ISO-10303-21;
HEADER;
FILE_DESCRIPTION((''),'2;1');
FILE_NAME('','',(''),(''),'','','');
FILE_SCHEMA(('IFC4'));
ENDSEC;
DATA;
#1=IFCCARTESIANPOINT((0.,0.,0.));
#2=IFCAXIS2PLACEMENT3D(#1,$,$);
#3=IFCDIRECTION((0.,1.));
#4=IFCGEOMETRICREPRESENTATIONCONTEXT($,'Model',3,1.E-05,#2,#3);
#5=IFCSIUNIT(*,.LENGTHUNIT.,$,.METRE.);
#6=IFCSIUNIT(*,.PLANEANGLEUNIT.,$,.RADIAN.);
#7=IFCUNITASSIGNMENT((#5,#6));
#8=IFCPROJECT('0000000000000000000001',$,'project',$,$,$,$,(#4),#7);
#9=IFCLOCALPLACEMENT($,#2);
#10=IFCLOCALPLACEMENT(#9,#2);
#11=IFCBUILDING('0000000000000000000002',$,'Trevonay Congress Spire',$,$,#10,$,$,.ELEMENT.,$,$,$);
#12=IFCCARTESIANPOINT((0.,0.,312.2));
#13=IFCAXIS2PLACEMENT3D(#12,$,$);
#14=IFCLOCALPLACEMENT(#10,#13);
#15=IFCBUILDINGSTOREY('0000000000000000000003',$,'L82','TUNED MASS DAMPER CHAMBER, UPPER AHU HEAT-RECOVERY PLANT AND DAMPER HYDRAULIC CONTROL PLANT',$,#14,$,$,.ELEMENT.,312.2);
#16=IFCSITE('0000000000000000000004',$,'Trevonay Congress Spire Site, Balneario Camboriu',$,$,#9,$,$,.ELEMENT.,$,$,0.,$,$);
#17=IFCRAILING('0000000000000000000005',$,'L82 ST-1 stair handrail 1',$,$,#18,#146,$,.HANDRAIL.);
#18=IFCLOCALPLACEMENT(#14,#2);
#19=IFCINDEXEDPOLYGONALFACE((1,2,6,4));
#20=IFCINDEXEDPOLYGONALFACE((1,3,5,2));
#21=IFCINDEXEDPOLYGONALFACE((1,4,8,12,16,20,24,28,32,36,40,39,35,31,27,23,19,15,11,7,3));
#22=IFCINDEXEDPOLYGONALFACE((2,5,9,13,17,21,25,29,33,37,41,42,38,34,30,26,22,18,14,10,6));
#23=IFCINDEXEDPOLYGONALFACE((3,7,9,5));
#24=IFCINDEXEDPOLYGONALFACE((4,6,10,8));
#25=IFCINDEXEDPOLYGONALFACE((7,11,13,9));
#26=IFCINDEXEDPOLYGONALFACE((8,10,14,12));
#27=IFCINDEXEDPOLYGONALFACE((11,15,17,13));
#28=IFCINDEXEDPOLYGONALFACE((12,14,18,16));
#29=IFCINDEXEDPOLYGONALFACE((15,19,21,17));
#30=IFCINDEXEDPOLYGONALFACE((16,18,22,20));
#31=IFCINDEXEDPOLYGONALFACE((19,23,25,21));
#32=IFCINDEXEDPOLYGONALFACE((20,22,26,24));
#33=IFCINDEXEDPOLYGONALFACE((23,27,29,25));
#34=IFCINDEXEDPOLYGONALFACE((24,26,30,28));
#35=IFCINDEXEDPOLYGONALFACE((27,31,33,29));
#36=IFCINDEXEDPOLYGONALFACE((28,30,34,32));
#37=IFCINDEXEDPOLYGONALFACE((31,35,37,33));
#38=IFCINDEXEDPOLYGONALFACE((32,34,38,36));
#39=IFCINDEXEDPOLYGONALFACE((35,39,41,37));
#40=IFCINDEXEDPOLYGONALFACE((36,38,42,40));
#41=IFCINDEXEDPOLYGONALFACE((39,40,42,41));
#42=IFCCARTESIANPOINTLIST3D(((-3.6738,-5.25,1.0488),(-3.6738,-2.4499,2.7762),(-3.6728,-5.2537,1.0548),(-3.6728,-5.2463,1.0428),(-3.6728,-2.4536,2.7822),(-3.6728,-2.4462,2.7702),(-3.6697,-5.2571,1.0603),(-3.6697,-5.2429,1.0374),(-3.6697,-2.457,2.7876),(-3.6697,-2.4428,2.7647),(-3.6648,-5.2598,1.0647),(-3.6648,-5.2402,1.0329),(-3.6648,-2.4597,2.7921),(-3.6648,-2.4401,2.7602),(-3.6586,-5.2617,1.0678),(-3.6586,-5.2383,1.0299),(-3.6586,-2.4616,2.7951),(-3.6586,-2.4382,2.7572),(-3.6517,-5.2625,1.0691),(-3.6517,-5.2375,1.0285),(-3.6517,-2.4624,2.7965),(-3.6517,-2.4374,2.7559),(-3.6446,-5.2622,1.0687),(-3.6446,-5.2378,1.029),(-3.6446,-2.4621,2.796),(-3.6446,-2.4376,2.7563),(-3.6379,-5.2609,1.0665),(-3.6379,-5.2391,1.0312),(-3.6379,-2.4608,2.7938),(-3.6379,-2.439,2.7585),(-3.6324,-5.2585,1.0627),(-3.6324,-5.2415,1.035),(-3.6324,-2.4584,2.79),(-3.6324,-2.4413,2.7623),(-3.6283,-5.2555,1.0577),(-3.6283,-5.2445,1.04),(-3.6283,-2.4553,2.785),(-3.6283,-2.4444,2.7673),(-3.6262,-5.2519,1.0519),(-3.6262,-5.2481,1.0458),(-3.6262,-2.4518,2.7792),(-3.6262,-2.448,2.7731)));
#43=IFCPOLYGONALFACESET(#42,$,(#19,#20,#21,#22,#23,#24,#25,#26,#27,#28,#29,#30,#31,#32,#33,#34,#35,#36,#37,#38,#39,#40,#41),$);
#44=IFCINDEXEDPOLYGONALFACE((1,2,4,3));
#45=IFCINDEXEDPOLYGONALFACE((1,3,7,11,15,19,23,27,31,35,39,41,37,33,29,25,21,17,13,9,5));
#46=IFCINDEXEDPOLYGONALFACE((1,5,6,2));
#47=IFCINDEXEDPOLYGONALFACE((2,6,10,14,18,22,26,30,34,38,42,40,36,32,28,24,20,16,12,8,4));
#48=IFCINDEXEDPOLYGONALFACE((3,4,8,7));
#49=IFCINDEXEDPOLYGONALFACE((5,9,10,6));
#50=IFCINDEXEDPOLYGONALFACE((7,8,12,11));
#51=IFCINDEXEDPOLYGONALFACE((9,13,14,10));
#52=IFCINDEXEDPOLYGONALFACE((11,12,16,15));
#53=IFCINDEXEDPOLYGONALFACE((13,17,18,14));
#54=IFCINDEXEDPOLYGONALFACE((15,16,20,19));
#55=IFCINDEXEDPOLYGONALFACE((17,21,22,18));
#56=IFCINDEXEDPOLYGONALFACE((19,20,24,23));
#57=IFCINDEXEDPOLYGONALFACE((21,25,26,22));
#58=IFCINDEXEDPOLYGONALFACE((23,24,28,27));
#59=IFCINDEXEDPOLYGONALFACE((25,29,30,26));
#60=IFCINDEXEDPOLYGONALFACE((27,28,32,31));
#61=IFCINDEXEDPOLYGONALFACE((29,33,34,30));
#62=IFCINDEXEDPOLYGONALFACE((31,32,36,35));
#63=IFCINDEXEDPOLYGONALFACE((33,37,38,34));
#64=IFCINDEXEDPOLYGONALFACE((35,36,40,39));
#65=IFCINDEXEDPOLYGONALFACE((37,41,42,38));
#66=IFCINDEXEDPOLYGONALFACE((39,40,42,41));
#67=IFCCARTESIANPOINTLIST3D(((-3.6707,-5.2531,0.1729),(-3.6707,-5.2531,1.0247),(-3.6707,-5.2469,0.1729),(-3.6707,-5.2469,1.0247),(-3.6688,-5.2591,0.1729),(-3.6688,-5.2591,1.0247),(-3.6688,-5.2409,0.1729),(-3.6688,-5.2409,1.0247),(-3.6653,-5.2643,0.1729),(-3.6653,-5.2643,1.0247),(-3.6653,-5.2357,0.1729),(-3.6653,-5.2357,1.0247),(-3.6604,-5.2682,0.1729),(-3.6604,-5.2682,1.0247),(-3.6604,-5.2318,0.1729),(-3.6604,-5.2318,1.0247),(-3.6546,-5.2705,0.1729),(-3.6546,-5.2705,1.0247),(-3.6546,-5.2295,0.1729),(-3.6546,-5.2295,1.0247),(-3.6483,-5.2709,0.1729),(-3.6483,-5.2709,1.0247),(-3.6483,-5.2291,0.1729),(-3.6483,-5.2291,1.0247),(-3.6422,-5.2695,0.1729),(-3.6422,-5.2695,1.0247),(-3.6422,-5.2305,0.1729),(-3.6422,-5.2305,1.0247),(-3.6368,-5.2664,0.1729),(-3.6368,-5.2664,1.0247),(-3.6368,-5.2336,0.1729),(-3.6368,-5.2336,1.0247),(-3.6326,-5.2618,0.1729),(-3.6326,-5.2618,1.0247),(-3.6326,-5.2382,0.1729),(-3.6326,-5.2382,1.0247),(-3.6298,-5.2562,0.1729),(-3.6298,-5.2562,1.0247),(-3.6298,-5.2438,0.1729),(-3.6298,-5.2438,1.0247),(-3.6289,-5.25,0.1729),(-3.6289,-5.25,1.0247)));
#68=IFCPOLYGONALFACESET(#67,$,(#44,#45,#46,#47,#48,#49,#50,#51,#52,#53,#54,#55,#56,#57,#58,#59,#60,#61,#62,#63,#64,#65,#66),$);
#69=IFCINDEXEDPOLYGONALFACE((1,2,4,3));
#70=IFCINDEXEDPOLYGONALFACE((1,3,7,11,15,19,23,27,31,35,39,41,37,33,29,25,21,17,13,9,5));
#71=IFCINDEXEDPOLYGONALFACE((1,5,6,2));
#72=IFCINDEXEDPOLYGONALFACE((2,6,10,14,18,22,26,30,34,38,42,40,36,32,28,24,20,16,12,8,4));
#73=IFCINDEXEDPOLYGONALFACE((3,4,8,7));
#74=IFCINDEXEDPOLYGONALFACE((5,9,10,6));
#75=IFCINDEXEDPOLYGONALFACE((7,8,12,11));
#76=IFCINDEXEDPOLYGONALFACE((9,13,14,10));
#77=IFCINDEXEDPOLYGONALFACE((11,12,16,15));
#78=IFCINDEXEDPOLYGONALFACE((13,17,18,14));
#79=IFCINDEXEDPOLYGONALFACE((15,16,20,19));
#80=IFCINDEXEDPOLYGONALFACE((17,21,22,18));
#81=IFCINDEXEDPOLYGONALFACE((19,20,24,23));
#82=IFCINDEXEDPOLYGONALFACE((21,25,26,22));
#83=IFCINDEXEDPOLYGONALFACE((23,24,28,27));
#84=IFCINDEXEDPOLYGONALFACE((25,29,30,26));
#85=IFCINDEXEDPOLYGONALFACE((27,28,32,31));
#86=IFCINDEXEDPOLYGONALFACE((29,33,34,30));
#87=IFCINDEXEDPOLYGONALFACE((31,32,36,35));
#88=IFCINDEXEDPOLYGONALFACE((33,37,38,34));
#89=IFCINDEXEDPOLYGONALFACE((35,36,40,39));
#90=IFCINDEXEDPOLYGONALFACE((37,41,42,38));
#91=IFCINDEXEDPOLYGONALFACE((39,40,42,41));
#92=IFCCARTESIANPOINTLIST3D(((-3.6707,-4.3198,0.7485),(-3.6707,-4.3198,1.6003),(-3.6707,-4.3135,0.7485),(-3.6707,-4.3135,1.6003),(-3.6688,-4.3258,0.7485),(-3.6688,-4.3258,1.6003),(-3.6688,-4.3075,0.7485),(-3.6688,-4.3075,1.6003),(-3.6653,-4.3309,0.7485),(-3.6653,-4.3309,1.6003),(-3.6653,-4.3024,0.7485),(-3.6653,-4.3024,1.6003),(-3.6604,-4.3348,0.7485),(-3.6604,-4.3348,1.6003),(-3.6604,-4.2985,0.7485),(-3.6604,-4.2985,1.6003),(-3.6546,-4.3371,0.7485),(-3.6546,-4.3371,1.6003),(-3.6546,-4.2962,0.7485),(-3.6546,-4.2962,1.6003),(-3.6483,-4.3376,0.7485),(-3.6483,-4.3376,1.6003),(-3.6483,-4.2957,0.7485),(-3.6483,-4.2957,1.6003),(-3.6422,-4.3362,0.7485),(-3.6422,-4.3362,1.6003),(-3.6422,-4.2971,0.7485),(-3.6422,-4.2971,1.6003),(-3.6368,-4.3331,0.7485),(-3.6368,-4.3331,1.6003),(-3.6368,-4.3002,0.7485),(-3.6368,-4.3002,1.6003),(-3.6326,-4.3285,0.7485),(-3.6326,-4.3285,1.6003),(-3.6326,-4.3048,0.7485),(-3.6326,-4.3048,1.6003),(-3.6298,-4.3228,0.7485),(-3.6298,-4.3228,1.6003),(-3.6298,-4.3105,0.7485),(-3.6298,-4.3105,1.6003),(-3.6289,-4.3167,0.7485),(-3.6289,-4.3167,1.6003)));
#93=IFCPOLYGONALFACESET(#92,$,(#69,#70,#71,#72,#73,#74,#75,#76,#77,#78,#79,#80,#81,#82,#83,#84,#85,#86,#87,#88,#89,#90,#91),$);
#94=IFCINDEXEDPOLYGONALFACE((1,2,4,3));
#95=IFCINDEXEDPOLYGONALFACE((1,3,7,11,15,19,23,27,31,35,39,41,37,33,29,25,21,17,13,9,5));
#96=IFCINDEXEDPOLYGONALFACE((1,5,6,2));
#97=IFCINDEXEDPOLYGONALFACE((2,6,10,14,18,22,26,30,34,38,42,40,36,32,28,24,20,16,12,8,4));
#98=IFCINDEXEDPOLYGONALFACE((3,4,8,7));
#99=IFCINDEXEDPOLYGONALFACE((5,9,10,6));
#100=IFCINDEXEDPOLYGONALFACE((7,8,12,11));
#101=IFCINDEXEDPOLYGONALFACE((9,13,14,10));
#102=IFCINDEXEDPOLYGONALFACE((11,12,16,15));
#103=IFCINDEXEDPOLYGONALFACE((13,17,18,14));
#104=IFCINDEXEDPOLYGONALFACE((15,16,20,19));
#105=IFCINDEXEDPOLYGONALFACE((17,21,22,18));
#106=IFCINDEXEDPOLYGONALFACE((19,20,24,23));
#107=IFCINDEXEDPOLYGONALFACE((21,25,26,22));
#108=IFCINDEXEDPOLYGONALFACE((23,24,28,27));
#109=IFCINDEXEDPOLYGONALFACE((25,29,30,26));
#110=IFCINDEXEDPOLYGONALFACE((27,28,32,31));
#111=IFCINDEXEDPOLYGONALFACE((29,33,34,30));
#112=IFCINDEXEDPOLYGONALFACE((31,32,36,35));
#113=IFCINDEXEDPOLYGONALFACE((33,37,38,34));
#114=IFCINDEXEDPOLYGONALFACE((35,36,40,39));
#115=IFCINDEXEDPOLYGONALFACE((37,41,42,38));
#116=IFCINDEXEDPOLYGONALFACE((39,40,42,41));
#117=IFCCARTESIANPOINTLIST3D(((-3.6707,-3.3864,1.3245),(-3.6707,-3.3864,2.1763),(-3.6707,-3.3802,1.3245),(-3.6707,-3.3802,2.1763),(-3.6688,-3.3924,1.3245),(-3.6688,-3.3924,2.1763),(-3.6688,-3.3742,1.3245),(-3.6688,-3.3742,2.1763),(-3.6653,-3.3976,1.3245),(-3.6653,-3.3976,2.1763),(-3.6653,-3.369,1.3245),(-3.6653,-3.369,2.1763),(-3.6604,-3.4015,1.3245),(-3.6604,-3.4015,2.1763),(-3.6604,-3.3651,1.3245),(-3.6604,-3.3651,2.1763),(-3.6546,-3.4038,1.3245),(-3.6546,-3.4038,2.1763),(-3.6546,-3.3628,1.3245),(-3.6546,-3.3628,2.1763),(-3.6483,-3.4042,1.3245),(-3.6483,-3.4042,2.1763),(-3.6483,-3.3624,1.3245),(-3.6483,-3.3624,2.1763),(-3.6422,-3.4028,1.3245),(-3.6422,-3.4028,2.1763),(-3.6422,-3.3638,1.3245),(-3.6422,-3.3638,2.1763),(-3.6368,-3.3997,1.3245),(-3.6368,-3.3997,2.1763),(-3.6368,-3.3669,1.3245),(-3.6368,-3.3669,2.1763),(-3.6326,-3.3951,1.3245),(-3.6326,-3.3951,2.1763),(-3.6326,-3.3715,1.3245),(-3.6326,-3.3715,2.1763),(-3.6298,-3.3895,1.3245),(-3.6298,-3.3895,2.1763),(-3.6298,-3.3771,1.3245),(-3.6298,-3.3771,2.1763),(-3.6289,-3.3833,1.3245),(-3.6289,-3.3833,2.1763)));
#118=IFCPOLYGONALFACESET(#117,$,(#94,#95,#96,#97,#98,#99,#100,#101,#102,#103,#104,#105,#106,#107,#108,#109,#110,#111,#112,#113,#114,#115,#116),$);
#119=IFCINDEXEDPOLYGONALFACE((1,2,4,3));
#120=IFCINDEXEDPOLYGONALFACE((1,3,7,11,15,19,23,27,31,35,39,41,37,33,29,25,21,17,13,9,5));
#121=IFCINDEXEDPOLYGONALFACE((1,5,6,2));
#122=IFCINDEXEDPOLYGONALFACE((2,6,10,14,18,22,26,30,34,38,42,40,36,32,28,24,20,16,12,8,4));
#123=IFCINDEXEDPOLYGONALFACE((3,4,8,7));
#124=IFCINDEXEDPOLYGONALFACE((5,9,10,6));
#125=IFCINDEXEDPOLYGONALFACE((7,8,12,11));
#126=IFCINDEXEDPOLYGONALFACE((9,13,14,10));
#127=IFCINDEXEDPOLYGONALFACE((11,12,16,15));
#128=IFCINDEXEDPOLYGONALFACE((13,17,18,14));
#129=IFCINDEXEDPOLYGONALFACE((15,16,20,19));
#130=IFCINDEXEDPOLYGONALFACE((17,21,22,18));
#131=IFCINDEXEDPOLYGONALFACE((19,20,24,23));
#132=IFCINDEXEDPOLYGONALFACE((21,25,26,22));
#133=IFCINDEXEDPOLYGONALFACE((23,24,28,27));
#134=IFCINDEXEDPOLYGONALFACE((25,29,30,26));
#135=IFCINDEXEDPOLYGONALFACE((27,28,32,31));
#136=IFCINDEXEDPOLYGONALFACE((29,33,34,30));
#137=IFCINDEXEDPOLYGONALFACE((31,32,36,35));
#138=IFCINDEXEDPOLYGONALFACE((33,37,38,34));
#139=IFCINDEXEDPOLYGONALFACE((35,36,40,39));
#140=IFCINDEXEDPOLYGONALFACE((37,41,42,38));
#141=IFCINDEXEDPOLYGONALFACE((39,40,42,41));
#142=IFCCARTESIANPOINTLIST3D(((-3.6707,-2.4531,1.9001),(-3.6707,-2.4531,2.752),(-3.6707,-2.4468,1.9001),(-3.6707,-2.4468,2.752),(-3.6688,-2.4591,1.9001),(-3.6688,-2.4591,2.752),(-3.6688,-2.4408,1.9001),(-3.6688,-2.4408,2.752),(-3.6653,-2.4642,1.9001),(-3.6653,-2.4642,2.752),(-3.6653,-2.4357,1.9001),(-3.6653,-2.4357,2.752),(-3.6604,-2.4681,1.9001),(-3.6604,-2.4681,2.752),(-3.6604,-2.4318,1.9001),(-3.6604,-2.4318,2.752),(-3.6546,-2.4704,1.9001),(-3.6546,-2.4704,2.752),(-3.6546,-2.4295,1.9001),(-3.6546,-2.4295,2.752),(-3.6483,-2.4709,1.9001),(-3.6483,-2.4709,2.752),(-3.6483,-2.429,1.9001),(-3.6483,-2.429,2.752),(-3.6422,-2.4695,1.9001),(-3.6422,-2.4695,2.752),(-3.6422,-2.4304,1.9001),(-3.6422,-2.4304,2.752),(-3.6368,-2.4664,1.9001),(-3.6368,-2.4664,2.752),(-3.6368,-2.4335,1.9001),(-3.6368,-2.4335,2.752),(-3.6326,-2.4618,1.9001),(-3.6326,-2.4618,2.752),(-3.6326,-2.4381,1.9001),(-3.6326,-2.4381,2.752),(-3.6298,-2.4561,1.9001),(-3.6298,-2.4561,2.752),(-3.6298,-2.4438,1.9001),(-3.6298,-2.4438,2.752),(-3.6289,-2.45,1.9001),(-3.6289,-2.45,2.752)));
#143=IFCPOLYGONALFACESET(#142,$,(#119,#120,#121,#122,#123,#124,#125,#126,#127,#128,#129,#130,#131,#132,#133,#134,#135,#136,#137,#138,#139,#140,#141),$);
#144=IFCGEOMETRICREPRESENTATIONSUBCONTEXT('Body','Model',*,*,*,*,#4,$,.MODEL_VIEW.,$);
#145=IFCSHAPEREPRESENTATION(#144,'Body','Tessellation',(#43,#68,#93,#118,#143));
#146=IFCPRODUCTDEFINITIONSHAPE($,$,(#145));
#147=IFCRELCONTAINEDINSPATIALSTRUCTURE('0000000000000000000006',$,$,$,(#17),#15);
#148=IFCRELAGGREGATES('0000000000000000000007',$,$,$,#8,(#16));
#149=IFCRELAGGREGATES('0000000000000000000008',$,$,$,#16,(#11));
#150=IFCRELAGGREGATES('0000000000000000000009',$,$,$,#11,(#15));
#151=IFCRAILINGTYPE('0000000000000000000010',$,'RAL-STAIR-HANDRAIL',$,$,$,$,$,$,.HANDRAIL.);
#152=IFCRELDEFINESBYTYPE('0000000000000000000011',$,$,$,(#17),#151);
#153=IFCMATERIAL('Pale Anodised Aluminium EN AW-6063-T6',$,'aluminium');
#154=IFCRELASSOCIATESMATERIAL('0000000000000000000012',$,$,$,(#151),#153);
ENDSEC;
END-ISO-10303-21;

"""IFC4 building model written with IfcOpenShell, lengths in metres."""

from ifc_helpers import new_model, si_unit, direction, frame, origin, origin_2d, place, context, subcontext, project, spatial, circle, extrude, material, type_object, element, save


model = new_model("IFC4")

# Units and contexts
model_context = context("Model", 3, precision=1e-05, world=origin(), true_north=direction((0.0, 1.0)))
body_context = subcontext(model_context, "Body", "Model", "MODEL_VIEW")
ifc_project = project(units=[si_unit("LENGTHUNIT", "METRE"), si_unit("PLANEANGLEUNIT", "RADIAN")], contexts=[model_context])

# Site, building, storey
site_placement = place(None, origin())
site = spatial("IfcSite", under=ifc_project, at=site_placement, Name="Trevonay Congress Spire Site, Balneario Camboriu", CompositionType="ELEMENT", RefElevation=0.0)
building_placement = place(site_placement, origin())
building = spatial("IfcBuilding", under=site, at=building_placement, Name="Trevonay Congress Spire", CompositionType="ELEMENT")
storey_placement = place(building_placement, frame((0.0, 0.0, 312.2)))
storey = spatial("IfcBuildingStorey", under=building, at=storey_placement, Name="L82", Description="TUNED MASS DAMPER CHAMBER, UPPER AHU HEAT-RECOVERY PLANT AND DAMPER HYDRAULIC CONTROL PLANT", CompositionType="ELEMENT", Elevation=312.2)

# Railing
ifc_material_1 = material(Name="Pale Anodised Aluminium EN AW-6063-T6", Category="aluminium")
railing_type_1 = type_object("IfcRailingType", Name="RAL-STAIR-HANDRAIL", PredefinedType="HANDRAIL", material=ifc_material_1)
railing_1_placement = place(storey_placement, frame((-3.6499, -5.25, 0.1729)))
element("IfcRailing", 1, at=railing_1_placement, inside=storey, type_object=railing_type_1, Name="L82 ST-1 stair handrail 1", PredefinedType="HANDRAIL", context=body_context, shape_type="SweptSolid", body=[
    extrude(circle(Radius=0.0239, at=origin_2d()), frame((0.0, 0.0, 0.876), z_axis=(0.0, 0.85109, 0.52502), x_axis=(-1.0, 0.0, 0.0)), (0.0, 0.0, 1.0), 3.29),
    extrude(circle(Radius=0.021, at=origin_2d()), origin(), (0.0, 0.0, 1.0), 0.8518),
    extrude(circle(Radius=0.021, at=origin_2d()), frame((0.0, 0.9333, 0.5757)), (0.0, 0.0, 1.0), 0.8518),
    extrude(circle(Radius=0.021, at=origin_2d()), frame((0.0, 1.8667, 1.1516)), (0.0, 0.0, 1.0), 0.8518),
    extrude(circle(Radius=0.021, at=origin_2d()), frame((0.0, 2.8, 1.7273)), (0.0, 0.0, 1.0), 0.8518),
])

save(model, "model.ifc")
